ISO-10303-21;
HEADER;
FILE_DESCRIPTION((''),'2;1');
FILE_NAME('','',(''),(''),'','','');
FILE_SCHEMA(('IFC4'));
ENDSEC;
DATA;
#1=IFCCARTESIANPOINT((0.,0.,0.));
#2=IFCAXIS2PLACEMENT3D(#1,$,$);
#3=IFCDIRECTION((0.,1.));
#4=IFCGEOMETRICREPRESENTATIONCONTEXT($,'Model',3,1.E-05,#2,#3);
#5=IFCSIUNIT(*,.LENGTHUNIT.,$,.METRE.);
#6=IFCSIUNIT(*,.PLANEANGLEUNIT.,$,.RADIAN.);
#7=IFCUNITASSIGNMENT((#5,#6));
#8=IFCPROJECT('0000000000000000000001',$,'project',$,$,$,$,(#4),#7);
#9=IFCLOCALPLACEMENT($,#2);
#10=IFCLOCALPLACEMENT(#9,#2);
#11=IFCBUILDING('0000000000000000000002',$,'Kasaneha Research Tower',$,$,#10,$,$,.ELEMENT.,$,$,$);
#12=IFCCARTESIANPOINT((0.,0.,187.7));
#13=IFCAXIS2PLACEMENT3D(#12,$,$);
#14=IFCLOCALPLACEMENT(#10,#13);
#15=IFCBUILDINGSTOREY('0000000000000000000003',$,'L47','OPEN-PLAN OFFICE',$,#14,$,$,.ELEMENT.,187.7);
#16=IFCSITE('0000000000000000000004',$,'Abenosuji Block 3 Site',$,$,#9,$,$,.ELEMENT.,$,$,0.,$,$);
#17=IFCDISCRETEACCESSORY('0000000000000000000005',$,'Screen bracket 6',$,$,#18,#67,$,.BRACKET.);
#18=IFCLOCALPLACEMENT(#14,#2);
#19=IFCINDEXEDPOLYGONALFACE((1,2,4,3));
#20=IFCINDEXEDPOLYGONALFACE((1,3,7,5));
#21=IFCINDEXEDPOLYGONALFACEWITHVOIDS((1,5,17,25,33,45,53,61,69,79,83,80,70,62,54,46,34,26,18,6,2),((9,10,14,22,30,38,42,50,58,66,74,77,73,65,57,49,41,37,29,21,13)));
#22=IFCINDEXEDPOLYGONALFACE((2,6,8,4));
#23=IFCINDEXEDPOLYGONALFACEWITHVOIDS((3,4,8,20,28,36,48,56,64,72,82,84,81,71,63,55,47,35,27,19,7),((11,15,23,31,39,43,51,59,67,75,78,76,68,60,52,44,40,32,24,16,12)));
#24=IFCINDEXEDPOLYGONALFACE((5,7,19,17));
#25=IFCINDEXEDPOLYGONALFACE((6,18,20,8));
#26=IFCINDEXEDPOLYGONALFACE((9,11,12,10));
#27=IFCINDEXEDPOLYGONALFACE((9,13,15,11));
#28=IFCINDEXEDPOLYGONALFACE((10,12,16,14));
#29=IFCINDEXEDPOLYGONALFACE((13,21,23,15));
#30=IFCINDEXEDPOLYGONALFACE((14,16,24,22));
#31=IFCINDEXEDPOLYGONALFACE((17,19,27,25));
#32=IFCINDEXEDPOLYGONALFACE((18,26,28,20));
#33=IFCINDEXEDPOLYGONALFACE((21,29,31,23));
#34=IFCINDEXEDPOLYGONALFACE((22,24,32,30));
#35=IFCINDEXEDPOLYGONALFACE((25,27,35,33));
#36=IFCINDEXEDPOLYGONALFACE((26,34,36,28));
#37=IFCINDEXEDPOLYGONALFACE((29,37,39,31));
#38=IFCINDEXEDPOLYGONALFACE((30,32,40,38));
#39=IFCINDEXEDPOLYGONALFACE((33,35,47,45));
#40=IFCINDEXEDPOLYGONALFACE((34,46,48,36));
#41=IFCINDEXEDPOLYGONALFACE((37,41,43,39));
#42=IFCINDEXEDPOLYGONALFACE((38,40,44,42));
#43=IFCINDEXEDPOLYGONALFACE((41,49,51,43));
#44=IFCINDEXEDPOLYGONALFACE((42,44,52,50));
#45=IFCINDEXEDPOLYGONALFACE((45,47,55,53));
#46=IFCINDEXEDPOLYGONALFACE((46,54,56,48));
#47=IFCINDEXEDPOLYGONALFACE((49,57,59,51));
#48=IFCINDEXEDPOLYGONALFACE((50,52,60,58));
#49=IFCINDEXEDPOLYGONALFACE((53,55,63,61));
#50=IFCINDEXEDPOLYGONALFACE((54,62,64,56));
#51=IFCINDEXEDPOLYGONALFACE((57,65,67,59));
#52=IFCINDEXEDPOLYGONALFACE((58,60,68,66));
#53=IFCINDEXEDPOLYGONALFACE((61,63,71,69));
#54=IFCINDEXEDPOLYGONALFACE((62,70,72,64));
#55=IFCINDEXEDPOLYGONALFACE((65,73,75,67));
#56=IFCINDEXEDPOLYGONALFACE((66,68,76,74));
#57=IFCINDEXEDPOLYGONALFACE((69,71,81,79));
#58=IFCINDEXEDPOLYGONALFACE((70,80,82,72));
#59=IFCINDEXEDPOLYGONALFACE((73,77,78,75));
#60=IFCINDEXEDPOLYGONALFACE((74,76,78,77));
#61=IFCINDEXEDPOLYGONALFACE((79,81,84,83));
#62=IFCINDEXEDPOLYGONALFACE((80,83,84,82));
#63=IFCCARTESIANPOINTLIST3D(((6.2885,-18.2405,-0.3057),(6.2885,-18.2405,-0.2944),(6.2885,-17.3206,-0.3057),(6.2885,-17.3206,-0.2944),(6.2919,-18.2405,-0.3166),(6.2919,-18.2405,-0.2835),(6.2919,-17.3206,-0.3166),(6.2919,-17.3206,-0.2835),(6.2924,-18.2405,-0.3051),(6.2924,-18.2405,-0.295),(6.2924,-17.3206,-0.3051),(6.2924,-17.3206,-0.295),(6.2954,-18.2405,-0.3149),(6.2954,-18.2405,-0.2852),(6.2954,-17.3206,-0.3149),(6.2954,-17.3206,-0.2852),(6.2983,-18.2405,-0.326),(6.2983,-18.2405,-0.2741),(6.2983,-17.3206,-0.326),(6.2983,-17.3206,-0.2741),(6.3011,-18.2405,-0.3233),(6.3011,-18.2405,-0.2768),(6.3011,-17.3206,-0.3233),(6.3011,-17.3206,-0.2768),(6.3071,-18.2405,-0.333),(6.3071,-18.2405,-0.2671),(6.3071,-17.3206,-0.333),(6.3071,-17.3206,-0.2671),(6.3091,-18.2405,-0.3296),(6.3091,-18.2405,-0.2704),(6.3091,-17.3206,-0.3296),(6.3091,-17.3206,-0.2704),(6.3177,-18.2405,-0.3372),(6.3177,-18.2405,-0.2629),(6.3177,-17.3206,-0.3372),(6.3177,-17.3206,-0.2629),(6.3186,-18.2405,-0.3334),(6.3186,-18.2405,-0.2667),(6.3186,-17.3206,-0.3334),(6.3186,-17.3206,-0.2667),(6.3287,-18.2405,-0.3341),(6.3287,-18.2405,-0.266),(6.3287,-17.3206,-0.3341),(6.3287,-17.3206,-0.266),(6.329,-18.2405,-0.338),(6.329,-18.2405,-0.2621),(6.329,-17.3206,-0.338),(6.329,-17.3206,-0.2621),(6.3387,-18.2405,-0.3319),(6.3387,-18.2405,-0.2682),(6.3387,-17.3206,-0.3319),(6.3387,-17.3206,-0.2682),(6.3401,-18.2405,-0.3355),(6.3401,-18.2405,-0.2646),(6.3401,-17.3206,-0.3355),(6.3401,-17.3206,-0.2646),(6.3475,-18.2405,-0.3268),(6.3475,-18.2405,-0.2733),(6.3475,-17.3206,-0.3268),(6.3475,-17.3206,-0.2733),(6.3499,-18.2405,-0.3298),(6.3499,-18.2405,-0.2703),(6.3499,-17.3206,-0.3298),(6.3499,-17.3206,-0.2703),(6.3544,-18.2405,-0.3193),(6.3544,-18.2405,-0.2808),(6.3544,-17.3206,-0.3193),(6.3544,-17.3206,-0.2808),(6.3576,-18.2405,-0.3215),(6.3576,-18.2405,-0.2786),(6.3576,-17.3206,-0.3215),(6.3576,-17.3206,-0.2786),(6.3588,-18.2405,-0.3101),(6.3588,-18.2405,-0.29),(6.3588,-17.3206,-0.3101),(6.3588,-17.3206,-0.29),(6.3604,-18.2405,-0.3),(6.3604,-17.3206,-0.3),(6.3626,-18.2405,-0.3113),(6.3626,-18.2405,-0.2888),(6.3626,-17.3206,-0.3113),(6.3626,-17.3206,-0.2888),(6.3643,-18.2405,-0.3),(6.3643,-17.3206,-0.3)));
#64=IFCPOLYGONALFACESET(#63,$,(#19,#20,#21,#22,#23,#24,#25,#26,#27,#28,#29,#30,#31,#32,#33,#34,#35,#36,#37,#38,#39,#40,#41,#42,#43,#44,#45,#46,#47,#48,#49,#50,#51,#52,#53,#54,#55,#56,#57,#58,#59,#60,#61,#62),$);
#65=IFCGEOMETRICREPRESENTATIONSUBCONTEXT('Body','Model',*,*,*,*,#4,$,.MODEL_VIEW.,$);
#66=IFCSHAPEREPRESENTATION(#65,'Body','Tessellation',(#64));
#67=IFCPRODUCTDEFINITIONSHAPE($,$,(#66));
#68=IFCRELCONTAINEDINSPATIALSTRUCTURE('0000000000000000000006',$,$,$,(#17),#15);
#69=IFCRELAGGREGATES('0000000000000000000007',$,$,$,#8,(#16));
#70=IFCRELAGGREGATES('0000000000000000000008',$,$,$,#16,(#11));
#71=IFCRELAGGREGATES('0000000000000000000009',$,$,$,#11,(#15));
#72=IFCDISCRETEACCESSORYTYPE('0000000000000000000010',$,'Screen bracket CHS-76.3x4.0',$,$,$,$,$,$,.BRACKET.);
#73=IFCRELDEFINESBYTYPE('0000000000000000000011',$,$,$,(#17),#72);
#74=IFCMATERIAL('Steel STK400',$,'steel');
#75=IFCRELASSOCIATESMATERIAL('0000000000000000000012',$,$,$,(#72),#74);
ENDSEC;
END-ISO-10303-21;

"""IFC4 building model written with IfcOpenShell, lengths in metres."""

from ifc_helpers import new_model, si_unit, direction, frame, origin, origin_2d, place, context, subcontext, project, spatial, hollow_circle, extrude, material, material_profile, profile_set, type_object, element, save


model = new_model("IFC4")

# Units and contexts
model_context = context("Model", 3, precision=1e-05, world=origin(), true_north=direction((0.0, 1.0)))
body_context = subcontext(model_context, "Body", "Model", "MODEL_VIEW")
ifc_project = project(units=[si_unit("LENGTHUNIT", "METRE"), si_unit("PLANEANGLEUNIT", "RADIAN")], contexts=[model_context])

# Site, building, storey
site_placement = place(None, origin())
site = spatial("IfcSite", under=ifc_project, at=site_placement, Name="Abenosuji Block 3 Site", CompositionType="ELEMENT", RefElevation=0.0)
building_placement = place(site_placement, origin())
building = spatial("IfcBuilding", under=site, at=building_placement, Name="Kasaneha Research Tower", CompositionType="ELEMENT")
storey_placement = place(building_placement, frame((0.0, 0.0, 187.7)))
storey = spatial("IfcBuildingStorey", under=building, at=storey_placement, Name="L47", Description="OPEN-PLAN OFFICE", CompositionType="ELEMENT", Elevation=187.7)

# Discrete accessory
ifc_material_1 = material(Name="Steel STK400", Category="steel")
ifc_material_profile_1 = material_profile(ifc_material_1, hollow_circle(Radius=0.0381, WallThickness=0.0039, at=origin_2d()), Name="CHS-76.3x4.0")
ifc_profile_set_1 = profile_set([ifc_material_profile_1], Name="Steel STK400")
discrete_accessory_type = type_object("IfcDiscreteAccessoryType", Name="Screen bracket CHS-76.3x4.0", PredefinedType="BRACKET", material=ifc_profile_set_1)
for number, where, z_axis, x_axis, name in (
    (1, (6.3262, -17.3206, -0.3), (0.0, -1.0, 0.0), (1.0, 0.0, 0.0), "Screen bracket 6"),
):
    element("IfcDiscreteAccessory", number, at=place(storey_placement, frame(where, z_axis=z_axis, x_axis=x_axis)), inside=storey, type_object=discrete_accessory_type, Name=name, PredefinedType="BRACKET", context=body_context, shape_type="SweptSolid", body=[
        extrude(hollow_circle(Radius=0.0381, WallThickness=0.0039, at=origin_2d()), origin(), (0.0, 0.0, 1.0), 0.9199),
    ])

save(model, "model.ifc")
